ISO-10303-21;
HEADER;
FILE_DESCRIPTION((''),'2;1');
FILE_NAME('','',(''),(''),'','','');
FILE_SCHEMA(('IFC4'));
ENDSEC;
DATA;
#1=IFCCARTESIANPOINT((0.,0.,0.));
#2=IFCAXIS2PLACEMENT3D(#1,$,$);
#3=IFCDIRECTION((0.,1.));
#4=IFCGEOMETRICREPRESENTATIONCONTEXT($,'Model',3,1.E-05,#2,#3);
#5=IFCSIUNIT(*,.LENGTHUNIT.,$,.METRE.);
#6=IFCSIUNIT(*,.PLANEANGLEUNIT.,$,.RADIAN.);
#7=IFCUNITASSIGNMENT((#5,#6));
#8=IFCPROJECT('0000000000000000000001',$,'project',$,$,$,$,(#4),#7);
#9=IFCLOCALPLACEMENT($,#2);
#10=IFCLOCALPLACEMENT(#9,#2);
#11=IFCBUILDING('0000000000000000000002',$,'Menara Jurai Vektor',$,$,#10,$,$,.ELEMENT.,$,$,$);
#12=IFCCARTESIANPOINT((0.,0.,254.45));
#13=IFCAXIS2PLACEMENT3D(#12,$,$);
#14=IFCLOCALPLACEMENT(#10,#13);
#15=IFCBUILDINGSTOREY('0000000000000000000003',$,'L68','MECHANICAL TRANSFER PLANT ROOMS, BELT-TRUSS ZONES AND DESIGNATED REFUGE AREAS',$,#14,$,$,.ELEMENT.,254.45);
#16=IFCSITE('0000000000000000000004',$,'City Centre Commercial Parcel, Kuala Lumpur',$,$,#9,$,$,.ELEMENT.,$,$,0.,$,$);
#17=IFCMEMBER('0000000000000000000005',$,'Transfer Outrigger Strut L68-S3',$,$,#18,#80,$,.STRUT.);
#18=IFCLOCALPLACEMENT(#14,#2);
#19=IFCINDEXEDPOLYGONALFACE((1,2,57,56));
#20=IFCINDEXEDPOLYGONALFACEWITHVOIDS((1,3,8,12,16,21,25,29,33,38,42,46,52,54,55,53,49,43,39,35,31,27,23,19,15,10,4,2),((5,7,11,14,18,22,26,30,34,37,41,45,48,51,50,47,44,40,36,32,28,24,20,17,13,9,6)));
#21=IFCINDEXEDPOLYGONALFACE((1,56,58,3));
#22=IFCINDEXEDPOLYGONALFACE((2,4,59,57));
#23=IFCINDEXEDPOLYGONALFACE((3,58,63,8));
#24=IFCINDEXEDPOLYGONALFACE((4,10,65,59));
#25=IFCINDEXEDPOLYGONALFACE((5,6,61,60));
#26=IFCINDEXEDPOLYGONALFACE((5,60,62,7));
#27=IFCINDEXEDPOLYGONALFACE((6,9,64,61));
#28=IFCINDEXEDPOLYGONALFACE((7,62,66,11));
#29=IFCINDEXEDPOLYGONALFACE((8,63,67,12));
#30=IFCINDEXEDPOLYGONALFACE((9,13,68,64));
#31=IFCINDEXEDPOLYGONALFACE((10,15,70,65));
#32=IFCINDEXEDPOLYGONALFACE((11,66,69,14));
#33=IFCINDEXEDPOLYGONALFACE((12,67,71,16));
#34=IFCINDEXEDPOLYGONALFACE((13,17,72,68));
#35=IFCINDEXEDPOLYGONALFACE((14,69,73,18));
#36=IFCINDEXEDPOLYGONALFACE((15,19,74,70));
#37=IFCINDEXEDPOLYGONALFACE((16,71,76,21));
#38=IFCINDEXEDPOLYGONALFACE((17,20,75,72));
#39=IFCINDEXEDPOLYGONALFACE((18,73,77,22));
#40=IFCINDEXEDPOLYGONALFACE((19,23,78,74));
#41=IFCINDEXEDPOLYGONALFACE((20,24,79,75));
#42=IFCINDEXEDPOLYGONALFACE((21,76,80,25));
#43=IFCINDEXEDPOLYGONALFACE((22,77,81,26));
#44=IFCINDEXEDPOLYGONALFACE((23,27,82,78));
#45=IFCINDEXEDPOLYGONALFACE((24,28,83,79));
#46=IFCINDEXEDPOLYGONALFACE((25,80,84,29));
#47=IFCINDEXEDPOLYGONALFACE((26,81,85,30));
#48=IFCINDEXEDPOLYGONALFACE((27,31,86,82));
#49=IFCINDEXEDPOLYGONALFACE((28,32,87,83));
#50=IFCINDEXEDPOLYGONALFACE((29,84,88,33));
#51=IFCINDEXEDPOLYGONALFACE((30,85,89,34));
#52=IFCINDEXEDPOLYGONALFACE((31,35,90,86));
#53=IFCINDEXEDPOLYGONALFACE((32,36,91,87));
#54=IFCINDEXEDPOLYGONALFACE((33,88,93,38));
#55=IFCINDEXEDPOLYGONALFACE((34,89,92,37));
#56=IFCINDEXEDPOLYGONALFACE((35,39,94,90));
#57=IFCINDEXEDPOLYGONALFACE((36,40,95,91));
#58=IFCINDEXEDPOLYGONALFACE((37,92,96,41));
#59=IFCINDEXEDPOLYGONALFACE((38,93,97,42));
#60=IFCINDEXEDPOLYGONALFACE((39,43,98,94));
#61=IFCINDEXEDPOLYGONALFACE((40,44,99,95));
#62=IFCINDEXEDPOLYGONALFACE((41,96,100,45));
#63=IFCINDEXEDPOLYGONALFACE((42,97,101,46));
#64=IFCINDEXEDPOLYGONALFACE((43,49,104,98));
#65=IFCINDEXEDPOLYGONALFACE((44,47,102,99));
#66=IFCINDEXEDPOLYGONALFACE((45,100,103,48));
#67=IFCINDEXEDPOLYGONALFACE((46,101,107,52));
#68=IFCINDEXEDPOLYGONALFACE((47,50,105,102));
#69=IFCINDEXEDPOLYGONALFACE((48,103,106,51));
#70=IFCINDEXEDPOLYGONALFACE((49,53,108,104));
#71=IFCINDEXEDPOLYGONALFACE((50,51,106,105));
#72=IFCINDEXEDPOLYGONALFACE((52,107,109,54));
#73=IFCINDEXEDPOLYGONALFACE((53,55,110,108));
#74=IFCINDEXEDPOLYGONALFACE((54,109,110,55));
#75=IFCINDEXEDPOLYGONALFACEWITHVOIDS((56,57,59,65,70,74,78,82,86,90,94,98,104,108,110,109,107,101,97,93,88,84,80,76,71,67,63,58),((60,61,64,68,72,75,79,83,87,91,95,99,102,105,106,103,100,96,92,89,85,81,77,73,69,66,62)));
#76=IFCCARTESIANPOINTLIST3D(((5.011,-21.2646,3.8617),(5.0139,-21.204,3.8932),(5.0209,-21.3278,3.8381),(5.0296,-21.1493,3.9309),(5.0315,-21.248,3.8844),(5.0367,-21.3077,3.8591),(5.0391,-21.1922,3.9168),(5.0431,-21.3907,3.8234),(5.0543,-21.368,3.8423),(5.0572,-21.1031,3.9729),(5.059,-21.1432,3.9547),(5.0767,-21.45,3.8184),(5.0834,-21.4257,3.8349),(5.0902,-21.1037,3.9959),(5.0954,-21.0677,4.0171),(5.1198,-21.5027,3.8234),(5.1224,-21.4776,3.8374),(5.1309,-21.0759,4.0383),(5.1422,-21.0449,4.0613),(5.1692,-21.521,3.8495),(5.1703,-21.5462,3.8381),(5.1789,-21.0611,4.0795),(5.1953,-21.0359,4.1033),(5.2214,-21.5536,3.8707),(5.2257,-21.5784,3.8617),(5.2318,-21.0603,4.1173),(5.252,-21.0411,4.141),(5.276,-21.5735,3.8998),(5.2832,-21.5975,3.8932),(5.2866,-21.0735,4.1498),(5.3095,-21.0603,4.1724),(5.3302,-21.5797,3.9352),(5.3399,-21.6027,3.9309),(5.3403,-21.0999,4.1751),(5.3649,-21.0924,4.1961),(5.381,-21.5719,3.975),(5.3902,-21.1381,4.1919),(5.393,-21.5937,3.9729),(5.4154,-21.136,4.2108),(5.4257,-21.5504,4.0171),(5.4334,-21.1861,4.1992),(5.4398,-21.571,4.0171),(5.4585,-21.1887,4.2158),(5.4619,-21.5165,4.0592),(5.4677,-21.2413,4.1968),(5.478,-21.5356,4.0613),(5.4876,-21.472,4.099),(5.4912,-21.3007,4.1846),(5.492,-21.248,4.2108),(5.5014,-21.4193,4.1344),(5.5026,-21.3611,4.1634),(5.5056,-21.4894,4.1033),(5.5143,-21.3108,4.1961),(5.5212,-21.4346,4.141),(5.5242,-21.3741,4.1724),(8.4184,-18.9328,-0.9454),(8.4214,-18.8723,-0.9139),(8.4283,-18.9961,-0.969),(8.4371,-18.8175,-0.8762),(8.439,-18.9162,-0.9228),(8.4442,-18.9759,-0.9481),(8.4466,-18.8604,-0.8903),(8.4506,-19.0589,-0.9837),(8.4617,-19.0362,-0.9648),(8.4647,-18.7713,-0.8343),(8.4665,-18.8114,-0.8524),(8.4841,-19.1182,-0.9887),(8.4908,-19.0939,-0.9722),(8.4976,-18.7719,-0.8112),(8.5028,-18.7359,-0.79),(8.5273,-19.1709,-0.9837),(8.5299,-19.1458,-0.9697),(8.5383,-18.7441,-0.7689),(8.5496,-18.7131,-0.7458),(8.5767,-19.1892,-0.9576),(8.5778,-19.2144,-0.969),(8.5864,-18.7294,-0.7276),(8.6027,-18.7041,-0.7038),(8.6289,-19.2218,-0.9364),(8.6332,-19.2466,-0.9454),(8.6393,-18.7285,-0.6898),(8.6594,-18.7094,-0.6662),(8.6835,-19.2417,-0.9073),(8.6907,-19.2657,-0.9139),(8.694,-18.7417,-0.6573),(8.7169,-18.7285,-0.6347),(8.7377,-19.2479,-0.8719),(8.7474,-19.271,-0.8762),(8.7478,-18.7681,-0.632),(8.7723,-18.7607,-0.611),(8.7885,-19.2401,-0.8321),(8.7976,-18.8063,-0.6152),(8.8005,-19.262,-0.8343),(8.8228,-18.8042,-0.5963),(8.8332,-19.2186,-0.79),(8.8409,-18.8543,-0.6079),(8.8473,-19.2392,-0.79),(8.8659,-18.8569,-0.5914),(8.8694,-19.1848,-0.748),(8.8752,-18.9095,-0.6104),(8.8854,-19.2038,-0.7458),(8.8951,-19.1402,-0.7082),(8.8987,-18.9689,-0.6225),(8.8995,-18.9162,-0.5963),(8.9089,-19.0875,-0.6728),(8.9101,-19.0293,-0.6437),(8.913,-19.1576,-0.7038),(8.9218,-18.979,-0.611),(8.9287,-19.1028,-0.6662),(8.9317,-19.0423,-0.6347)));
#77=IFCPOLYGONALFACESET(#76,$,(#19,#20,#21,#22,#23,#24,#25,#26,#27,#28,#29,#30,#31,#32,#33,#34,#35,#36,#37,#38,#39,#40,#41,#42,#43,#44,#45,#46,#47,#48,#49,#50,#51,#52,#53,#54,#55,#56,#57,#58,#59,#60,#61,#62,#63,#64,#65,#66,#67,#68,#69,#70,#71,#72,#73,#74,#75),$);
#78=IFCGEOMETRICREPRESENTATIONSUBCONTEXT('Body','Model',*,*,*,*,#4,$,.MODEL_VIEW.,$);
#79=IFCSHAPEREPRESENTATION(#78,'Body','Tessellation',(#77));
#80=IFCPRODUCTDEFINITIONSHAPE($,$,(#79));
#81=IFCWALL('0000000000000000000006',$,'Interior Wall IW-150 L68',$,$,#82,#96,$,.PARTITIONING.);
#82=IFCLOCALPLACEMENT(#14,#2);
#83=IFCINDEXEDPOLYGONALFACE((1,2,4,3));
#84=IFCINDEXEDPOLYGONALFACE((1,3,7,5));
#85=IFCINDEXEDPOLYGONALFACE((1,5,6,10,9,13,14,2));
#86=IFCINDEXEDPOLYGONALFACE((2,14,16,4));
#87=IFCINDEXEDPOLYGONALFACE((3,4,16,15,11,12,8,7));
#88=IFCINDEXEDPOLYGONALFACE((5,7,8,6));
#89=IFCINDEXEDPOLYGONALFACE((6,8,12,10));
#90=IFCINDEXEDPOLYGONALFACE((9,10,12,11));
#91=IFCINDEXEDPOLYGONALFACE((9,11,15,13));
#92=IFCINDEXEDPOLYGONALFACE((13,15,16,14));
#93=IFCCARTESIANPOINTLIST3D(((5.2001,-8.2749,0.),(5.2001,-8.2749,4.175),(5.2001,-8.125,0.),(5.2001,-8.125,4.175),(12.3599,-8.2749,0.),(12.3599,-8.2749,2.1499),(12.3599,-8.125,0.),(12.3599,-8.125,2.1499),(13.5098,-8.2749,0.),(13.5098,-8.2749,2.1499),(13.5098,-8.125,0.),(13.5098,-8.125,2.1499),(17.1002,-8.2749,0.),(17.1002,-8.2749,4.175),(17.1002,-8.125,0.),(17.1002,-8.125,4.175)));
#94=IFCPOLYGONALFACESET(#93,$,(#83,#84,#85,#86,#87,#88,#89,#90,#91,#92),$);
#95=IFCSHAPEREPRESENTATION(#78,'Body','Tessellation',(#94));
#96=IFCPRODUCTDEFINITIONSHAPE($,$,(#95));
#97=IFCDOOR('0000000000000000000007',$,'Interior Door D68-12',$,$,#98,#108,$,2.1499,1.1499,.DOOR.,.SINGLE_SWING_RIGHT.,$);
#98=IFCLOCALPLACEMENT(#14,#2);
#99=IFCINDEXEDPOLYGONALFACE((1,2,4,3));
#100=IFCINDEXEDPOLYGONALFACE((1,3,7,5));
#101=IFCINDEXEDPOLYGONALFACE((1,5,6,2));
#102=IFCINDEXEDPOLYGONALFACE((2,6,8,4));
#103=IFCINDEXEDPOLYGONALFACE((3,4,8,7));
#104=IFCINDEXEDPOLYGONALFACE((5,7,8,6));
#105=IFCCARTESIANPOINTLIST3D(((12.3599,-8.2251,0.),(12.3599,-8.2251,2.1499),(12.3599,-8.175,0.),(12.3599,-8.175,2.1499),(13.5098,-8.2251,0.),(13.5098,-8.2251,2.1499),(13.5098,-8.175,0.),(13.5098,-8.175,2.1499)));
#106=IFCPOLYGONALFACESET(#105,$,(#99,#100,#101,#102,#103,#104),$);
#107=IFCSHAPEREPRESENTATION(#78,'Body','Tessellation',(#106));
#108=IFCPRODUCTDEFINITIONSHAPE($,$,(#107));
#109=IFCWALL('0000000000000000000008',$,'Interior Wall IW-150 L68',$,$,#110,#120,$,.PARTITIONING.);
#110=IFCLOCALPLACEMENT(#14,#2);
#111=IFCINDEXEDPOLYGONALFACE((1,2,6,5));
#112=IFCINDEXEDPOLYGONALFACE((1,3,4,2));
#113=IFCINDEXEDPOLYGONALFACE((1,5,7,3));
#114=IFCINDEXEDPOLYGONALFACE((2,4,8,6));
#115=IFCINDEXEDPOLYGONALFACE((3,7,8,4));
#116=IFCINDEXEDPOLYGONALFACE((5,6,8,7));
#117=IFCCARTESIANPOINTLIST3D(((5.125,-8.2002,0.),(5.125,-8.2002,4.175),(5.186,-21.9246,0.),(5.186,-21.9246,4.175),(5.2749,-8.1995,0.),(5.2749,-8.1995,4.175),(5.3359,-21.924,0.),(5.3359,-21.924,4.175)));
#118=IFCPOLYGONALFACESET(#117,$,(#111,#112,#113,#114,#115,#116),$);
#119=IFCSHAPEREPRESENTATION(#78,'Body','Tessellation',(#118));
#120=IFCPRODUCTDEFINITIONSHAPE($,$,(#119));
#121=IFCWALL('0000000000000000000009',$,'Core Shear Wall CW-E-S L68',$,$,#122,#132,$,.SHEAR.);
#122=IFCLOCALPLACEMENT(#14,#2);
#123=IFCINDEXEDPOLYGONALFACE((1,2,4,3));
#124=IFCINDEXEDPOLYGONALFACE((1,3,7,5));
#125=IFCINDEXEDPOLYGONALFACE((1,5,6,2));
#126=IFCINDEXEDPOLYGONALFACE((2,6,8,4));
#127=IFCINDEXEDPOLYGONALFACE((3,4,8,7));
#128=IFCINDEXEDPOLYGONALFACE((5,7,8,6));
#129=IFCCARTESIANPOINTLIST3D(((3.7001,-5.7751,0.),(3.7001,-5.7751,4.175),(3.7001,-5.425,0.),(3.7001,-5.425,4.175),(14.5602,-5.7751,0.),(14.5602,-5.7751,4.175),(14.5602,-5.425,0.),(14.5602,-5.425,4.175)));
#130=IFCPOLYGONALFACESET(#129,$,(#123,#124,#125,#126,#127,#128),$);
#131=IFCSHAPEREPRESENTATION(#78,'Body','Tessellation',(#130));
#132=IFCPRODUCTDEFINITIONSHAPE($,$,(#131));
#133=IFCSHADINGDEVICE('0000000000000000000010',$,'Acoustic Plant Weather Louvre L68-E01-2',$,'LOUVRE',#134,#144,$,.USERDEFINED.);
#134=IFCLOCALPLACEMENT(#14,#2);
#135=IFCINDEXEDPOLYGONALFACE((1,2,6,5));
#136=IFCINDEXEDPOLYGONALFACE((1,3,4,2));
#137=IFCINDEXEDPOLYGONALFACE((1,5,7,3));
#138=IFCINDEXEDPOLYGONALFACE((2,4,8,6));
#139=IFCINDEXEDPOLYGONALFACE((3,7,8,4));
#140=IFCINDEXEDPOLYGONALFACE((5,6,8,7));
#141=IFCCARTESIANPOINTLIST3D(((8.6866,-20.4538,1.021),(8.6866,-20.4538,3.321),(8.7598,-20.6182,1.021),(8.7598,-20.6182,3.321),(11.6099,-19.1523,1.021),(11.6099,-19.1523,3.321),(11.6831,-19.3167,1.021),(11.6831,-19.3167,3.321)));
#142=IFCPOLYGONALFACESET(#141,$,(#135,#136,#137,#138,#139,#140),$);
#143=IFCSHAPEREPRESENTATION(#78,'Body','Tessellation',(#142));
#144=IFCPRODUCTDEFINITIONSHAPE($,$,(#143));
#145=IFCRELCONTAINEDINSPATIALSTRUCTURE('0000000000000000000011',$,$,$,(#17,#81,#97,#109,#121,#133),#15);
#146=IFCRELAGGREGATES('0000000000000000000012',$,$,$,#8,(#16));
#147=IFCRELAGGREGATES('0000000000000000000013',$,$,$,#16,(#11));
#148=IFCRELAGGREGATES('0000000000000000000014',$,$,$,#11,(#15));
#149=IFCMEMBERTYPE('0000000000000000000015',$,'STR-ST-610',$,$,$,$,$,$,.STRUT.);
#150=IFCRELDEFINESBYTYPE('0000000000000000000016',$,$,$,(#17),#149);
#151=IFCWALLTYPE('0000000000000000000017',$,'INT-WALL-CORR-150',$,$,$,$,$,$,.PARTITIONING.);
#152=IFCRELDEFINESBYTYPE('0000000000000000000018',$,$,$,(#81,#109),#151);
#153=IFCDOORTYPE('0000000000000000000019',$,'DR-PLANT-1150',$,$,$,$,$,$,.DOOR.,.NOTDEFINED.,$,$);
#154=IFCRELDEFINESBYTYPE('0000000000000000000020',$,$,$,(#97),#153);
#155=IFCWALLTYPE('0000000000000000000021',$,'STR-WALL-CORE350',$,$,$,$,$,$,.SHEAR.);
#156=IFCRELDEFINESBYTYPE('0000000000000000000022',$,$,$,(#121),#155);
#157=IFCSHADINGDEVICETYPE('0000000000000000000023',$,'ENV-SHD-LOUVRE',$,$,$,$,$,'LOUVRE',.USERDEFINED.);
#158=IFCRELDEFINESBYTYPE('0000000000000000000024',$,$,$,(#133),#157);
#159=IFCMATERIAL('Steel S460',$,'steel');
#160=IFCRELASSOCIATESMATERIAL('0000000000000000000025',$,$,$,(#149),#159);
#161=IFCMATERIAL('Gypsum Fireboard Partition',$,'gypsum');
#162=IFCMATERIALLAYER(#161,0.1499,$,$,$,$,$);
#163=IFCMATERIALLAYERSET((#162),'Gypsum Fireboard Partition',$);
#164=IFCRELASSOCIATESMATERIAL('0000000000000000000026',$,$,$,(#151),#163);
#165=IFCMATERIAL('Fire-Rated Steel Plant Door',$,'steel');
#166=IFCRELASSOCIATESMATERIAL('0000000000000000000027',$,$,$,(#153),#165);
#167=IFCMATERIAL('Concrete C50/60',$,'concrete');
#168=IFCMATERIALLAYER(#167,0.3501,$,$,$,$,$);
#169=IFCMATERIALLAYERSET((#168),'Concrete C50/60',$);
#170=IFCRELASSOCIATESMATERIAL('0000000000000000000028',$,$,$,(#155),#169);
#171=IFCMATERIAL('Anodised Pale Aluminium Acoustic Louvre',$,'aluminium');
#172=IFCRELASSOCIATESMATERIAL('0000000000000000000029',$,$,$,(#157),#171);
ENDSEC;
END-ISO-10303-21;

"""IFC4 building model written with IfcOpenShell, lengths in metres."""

from ifc_helpers import new_model, si_unit, direction, frame, frame_2d, origin, origin_2d, place, context, subcontext, project, spatial, rectangle, hollow_circle, extrude, material, layer, layer_set, material_profile, profile_set, type_object, element, fill, save


model = new_model("IFC4")

# Units and contexts
model_context = context("Model", 3, precision=1e-05, world=origin(), true_north=direction((0.0, 1.0)))
body_context = subcontext(model_context, "Body", "Model", "MODEL_VIEW")
ifc_project = project(units=[si_unit("LENGTHUNIT", "METRE"), si_unit("PLANEANGLEUNIT", "RADIAN")], contexts=[model_context])

# Site, building, storey
site_placement = place(None, origin())
site = spatial("IfcSite", under=ifc_project, at=site_placement, Name="City Centre Commercial Parcel, Kuala Lumpur", CompositionType="ELEMENT", RefElevation=0.0)
building_placement = place(site_placement, origin())
building = spatial("IfcBuilding", under=site, at=building_placement, Name="Menara Jurai Vektor", CompositionType="ELEMENT")
storey_placement = place(building_placement, frame((0.0, 0.0, 254.45)))
storey = spatial("IfcBuildingStorey", under=building, at=storey_placement, Name="L68", Description="MECHANICAL TRANSFER PLANT ROOMS, BELT-TRUSS ZONES AND DESIGNATED REFUGE AREAS", CompositionType="ELEMENT", Elevation=254.45)

# Shared definitions
ifc_material_1 = material(Name="Concrete C50/60", Category="concrete")
ifc_material_2 = material(Name="Steel S460", Category="steel")

# Member
ifc_material_profile_1 = material_profile(ifc_material_2, hollow_circle(Radius=0.3049, WallThickness=0.0249, at=origin_2d()), Name="CHS 610x25")
ifc_profile_set_1 = profile_set([ifc_material_profile_1], Name="Steel S460")
member_type_1 = type_object("IfcMemberType", Name="STR-ST-610", PredefinedType="STRUT", material=ifc_profile_set_1)
member_1_placement = place(storey_placement, frame((8.675, -18.9875, -0.79), z_axis=(-0.537717, -0.367968, 0.758591), x_axis=(0.564743, -0.825267, 0.0)))
element("IfcMember", 1, at=member_1_placement, inside=storey, type_object=member_type_1, Name="Transfer Outrigger Strut L68-S3", PredefinedType="STRUT", context=body_context, shape_type="SweptSolid", body=[
    extrude(hollow_circle(Radius=0.3049, WallThickness=0.0249, at=origin_2d()), origin(), (0.0, 0.0, 1.0), 6.3369),
])

# Wall, opening, door
ifc_material_3 = material(Name="Gypsum Fireboard Partition", Category="gypsum")
ifc_layer_1 = layer(ifc_material_3, 0.1499)
ifc_layer_set_1 = layer_set([ifc_layer_1], Name="Gypsum Fireboard Partition")
wall_type_1 = type_object("IfcWallType", Name="INT-WALL-CORR-150", PredefinedType="PARTITIONING", material=ifc_layer_set_1)
wall_1_placement = place(storey_placement, frame((5.2, -8.2, 0.0), z_axis=(0.0, 0.0, 1.0), x_axis=(1.0, 0.0, 0.0)))
wall_1 = element("IfcWall", 2, at=wall_1_placement, inside=storey, type_object=wall_type_1, Name="Interior Wall IW-150 L68", PredefinedType="PARTITIONING", context=body_context, shape_type="SweptSolid", body=[
    extrude(rectangle(XDim=11.9001, YDim=0.1499, at=frame_2d((5.9502, 0.0))), origin(), (0.0, 0.0, 1.0), 4.175),
])
opening_placement = place(wall_1_placement, frame((7.1599, 0.0, 0.0)))
opening = element("IfcOpeningElement", 3, at=opening_placement, cuts=wall_1, PredefinedType="OPENING", context=body_context, shape_type="SweptSolid", body=[
    extrude(rectangle(XDim=1.1499, YDim=2.1499, at=frame_2d((0.575, 1.075))), frame((0.0, 0.085, 0.0), z_axis=(0.0, -1.0, 0.0), x_axis=(1.0, 0.0, 0.0)), (0.0, 0.0, 1.0), 0.1699),
])
ifc_material_4 = material(Name="Fire-Rated Steel Plant Door", Category="steel")
door_type = type_object("IfcDoorType", Name="DR-PLANT-1150", OperationType="NOTDEFINED", PredefinedType="DOOR", material=ifc_material_4)
door_placement = place(opening_placement, origin())
door = element("IfcDoor", 4, at=door_placement, inside=storey, type_object=door_type, Name="Interior Door D68-12", OperationType="SINGLE_SWING_RIGHT", OverallHeight=2.1499, OverallWidth=1.1499, PredefinedType="DOOR", context=body_context, shape_type="SweptSolid", body=[
    extrude(rectangle(XDim=1.1499, YDim=2.1499, at=frame_2d((0.575, 1.075))), frame((0.0, 0.0249, 0.0), z_axis=(0.0, -1.0, 0.0), x_axis=(1.0, 0.0, 0.0)), (0.0, 0.0, 1.0), 0.05),
])
fill(opening, door)

# Walls
wall_2_placement = place(storey_placement, frame((5.261, -21.9243, 0.0), z_axis=(0.0, 0.0, 1.0), x_axis=(-0.004447, 0.99999, 0.0)))
element("IfcWall", 5, at=wall_2_placement, inside=storey, type_object=wall_type_1, Name="Interior Wall IW-150 L68", PredefinedType="PARTITIONING", context=body_context, shape_type="SweptSolid", body=[
    extrude(rectangle(XDim=13.7246, YDim=0.1499, at=frame_2d((6.8623, 0.0))), origin(), (0.0, 0.0, 1.0), 4.175),
])
ifc_layer_2 = layer(ifc_material_1, 0.3501)
ifc_layer_set_2 = layer_set([ifc_layer_2], Name="Concrete C50/60")
wall_type_2 = type_object("IfcWallType", Name="STR-WALL-CORE350", PredefinedType="SHEAR", material=ifc_layer_set_2)
wall_3_placement = place(storey_placement, frame((3.7, -5.6001, 0.0), z_axis=(0.0, 0.0, 1.0), x_axis=(1.0, 0.0, 0.0)))
element("IfcWall", 6, at=wall_3_placement, inside=storey, type_object=wall_type_2, Name="Core Shear Wall CW-E-S L68", PredefinedType="SHEAR", context=body_context, shape_type="SweptSolid", body=[
    extrude(rectangle(XDim=10.8601, YDim=0.3501, at=frame_2d((5.4302, 0.0))), origin(), (0.0, 0.0, 1.0), 4.175),
])

# Shading device
ifc_material_5 = material(Name="Anodised Pale Aluminium Acoustic Louvre", Category="aluminium")
shading_device_type = type_object("IfcShadingDeviceType", Name="ENV-SHD-LOUVRE", ElementType="LOUVRE", PredefinedType="USERDEFINED", material=ifc_material_5)
shading_device_placement = place(storey_placement, frame((10.1848, -19.8853, 1.021), z_axis=(0.0, 0.0, 1.0), x_axis=(0.913545, 0.406737, 0.0)))
element("IfcShadingDevice", 7, at=shading_device_placement, inside=storey, type_object=shading_device_type, Name="Acoustic Plant Weather Louvre L68-E01-2", ObjectType="LOUVRE", PredefinedType="USERDEFINED", context=body_context, shape_type="SweptSolid", body=[
    extrude(rectangle(XDim=3.2, YDim=0.1799, at=origin_2d()), origin(), (0.0, 0.0, 1.0), 2.3),
])

save(model, "model.ifc")
